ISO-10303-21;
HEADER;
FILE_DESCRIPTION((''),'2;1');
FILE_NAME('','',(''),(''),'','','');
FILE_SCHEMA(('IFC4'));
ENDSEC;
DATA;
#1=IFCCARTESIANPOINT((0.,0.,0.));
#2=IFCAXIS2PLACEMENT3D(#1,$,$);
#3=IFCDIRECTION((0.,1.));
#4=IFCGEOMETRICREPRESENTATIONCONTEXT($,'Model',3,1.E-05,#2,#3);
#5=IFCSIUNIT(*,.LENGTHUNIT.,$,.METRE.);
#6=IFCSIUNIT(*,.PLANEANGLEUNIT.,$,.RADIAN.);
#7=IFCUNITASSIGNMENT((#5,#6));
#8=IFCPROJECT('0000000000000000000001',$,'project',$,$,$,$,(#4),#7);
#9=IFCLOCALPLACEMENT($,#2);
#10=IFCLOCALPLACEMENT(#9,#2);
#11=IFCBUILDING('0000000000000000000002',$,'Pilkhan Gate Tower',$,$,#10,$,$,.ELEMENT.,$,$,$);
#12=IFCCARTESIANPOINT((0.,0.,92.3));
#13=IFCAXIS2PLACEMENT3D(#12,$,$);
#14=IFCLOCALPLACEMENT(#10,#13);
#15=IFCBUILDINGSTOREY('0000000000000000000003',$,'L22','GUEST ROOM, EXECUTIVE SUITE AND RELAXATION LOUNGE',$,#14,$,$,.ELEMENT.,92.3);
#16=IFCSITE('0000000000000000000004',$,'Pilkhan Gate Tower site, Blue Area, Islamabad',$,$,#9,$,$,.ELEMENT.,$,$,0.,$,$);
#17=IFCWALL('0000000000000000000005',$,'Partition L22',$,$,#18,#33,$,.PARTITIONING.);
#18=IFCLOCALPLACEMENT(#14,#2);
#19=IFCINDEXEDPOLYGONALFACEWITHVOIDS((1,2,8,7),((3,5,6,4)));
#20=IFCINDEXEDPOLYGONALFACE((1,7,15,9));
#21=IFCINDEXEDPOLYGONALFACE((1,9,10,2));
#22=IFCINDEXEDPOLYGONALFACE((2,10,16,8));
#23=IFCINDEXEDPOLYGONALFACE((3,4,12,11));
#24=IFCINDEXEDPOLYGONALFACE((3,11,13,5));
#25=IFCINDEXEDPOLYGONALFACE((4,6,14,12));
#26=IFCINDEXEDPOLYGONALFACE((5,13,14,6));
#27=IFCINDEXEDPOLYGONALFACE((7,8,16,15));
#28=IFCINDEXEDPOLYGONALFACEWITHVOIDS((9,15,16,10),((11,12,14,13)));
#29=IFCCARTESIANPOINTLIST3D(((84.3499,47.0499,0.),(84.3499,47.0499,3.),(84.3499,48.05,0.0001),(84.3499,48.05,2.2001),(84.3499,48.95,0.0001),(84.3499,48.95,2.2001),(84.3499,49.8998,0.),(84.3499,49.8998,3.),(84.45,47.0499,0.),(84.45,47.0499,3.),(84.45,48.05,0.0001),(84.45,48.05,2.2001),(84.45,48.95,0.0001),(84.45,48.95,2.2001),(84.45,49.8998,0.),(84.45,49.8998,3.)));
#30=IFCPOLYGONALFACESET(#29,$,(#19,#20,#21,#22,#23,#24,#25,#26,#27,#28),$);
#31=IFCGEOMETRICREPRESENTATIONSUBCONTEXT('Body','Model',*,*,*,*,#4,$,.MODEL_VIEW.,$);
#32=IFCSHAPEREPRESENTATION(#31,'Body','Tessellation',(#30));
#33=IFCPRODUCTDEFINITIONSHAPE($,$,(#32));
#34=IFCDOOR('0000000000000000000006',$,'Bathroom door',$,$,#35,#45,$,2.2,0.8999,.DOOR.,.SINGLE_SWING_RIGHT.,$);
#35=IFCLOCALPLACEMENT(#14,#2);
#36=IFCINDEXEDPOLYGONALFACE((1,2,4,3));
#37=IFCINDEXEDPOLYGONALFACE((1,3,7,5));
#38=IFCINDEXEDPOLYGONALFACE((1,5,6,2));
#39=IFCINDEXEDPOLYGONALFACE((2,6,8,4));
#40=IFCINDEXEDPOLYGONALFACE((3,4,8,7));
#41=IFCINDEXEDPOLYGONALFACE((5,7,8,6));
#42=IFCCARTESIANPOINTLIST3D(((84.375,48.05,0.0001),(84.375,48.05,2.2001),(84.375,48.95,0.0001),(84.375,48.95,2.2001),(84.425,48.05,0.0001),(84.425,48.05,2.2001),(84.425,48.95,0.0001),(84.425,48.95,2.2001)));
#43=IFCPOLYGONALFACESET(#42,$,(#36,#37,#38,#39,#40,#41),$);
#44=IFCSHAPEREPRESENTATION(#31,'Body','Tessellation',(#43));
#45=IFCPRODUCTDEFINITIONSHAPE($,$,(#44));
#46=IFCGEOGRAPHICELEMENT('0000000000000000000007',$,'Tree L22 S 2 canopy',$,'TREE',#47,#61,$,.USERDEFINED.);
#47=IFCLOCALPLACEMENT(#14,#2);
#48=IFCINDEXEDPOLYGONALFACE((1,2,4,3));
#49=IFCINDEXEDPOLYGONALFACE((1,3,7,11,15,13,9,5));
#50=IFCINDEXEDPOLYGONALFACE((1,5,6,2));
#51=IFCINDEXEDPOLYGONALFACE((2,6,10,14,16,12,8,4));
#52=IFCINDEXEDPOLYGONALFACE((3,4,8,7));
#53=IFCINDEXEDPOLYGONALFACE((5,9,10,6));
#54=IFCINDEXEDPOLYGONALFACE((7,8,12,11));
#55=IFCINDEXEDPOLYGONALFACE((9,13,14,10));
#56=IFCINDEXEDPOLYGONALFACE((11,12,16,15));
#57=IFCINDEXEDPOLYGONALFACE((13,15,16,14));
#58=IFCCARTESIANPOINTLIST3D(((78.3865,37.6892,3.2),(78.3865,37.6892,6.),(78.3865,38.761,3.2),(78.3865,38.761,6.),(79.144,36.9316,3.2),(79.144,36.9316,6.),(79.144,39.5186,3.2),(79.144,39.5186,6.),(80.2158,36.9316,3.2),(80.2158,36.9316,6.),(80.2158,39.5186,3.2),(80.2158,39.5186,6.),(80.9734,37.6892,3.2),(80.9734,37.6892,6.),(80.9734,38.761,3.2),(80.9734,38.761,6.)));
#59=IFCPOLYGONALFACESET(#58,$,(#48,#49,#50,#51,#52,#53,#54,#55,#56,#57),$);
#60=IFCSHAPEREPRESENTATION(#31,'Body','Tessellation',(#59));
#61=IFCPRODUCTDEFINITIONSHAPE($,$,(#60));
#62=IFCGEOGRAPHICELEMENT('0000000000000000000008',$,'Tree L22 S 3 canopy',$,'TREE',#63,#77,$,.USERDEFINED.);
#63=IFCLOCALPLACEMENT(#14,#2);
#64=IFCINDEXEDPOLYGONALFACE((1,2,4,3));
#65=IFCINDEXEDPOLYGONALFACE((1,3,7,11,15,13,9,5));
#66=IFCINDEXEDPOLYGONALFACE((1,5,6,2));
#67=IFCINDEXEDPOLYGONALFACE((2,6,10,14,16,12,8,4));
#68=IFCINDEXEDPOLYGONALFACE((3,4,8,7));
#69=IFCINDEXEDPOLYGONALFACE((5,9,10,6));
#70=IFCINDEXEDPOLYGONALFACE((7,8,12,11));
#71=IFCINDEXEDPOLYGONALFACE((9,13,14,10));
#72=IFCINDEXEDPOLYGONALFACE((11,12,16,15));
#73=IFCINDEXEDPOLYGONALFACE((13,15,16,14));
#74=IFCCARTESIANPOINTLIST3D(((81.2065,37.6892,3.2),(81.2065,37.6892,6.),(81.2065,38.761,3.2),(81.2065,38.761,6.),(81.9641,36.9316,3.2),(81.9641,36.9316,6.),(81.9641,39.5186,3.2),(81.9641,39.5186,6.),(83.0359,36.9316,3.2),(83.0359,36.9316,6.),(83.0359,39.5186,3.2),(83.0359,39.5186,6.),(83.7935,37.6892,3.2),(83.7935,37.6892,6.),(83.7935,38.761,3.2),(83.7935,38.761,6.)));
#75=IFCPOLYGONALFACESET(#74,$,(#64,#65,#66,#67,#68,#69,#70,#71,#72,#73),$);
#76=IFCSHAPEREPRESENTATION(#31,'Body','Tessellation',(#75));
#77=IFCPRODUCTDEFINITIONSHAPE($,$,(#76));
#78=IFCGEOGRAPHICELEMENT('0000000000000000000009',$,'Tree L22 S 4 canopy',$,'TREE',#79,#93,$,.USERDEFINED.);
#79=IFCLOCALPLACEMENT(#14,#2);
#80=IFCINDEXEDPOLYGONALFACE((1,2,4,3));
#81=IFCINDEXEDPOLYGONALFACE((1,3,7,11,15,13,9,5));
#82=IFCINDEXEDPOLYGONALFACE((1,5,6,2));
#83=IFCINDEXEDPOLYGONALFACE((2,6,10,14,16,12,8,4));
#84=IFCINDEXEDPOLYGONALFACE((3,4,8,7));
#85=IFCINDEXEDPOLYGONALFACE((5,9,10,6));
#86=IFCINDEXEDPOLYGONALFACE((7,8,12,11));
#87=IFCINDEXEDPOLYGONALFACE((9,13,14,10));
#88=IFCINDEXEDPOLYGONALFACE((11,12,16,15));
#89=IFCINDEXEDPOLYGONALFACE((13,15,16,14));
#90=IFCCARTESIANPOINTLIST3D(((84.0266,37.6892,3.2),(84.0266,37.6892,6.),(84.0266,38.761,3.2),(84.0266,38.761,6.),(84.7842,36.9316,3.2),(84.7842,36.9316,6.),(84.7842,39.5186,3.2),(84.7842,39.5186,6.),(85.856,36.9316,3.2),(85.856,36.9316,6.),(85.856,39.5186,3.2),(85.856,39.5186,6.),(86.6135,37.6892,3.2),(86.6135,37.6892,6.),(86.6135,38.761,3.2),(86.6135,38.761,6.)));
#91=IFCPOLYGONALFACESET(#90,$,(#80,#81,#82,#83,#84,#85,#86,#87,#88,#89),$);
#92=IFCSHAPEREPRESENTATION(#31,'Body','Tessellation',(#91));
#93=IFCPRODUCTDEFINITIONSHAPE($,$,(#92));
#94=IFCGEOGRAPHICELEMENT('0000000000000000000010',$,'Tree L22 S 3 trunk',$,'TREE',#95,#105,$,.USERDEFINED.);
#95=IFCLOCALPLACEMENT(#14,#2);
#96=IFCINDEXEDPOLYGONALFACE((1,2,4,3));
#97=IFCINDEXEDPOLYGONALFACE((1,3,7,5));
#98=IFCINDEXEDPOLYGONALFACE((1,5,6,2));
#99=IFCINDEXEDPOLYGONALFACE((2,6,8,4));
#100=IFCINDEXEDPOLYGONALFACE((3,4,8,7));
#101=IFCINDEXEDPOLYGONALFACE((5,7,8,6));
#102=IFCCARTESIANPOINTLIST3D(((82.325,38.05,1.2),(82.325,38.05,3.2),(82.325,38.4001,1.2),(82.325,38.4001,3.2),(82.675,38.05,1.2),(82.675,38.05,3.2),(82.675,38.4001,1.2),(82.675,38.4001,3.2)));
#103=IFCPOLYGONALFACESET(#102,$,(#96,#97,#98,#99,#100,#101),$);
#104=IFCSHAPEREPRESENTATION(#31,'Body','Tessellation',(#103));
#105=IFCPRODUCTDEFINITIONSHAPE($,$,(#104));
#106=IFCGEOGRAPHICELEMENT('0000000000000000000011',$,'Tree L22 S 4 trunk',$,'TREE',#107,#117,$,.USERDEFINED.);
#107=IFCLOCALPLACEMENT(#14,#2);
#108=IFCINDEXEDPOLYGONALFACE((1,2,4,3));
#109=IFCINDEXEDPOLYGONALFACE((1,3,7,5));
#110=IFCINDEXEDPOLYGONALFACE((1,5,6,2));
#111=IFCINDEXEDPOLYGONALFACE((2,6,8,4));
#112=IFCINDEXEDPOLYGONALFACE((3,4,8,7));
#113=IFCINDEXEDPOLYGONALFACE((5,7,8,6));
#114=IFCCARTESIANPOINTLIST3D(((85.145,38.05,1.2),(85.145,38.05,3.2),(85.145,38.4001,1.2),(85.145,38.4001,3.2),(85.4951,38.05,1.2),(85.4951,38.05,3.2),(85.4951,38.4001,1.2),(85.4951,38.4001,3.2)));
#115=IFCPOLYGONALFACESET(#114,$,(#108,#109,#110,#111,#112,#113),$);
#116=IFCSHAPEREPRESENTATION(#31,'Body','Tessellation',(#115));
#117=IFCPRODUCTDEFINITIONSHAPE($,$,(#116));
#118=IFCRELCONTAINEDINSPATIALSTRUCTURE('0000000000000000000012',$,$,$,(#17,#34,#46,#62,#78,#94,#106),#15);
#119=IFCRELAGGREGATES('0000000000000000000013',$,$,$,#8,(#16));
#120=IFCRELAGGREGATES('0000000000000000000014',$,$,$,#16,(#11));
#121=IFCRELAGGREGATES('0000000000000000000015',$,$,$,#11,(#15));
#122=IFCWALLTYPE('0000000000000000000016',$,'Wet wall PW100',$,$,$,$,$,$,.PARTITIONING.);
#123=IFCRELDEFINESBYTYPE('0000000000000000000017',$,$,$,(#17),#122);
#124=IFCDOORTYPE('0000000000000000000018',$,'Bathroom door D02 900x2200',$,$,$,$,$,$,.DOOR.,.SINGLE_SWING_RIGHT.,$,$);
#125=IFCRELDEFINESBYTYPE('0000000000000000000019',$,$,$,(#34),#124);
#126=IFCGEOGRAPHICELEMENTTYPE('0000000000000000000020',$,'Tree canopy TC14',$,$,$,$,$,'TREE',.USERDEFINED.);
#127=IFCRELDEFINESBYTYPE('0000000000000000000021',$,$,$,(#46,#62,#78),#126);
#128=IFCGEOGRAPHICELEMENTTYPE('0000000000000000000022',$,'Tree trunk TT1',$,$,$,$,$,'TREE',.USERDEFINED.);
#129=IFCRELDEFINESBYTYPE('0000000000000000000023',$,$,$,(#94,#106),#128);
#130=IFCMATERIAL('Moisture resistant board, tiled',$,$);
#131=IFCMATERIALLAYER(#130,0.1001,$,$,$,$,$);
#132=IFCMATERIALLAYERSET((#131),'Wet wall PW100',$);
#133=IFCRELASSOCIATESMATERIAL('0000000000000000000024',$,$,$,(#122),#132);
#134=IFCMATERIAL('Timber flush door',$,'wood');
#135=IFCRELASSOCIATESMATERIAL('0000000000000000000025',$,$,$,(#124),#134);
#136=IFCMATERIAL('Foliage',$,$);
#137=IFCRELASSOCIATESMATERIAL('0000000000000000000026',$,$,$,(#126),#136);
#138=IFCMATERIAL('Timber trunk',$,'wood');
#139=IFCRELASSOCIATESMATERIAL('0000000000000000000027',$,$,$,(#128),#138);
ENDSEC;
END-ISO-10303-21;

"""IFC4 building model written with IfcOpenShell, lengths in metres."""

from ifc_helpers import new_model, si_unit, direction, frame, frame_2d, origin, origin_2d, place, context, subcontext, project, spatial, polyline, rectangle, outline, extrude, material, layer, layer_set, material_profile, profile_set, type_object, element, fill, save


model = new_model("IFC4")

# Units and contexts
model_context = context("Model", 3, precision=1e-05, world=origin(), true_north=direction((0.0, 1.0)))
body_context = subcontext(model_context, "Body", "Model", "MODEL_VIEW")
ifc_project = project(units=[si_unit("LENGTHUNIT", "METRE"), si_unit("PLANEANGLEUNIT", "RADIAN")], contexts=[model_context])

# Site, building, storey
site_placement = place(None, origin())
site = spatial("IfcSite", under=ifc_project, at=site_placement, Name="Pilkhan Gate Tower site, Blue Area, Islamabad", CompositionType="ELEMENT", RefElevation=0.0)
building_placement = place(site_placement, origin())
building = spatial("IfcBuilding", under=site, at=building_placement, Name="Pilkhan Gate Tower", CompositionType="ELEMENT")
storey_placement = place(building_placement, frame((0.0, 0.0, 92.3)))
storey = spatial("IfcBuildingStorey", under=building, at=storey_placement, Name="L22", Description="GUEST ROOM, EXECUTIVE SUITE AND RELAXATION LOUNGE", CompositionType="ELEMENT", Elevation=92.3)

# Shared definitions
ifc_material_1 = material(Name="Moisture resistant board, tiled")
ifc_layer_1 = layer(ifc_material_1, 0.1001)
ifc_layer_set_1 = layer_set([ifc_layer_1], Name="Wet wall PW100")
wall_type_1 = type_object("IfcWallType", Name="Wet wall PW100", PredefinedType="PARTITIONING", material=ifc_layer_set_1)

# Shared definitions
ifc_material_2 = material(Name="Timber flush door", Category="wood")
door_type_1 = type_object("IfcDoorType", Name="Bathroom door D02 900x2200", OperationType="SINGLE_SWING_RIGHT", PredefinedType="DOOR", material=ifc_material_2)

# Wall, opening, door
wall_1_placement = place(storey_placement, frame((84.3999, 47.05, 0.0), z_axis=(0.0, 0.0, 1.0), x_axis=(0.0, 1.0, 0.0)))
wall_1 = element("IfcWall", 1, at=wall_1_placement, inside=storey, type_object=wall_type_1, Name="Partition L22", PredefinedType="PARTITIONING", context=body_context, shape_type="SweptSolid", body=[
    extrude(rectangle(XDim=2.8499, YDim=0.1001, at=frame_2d((1.4248, 0.0))), origin(), (0.0, 0.0, 1.0), 3.0),
])
opening_1_placement = place(wall_1_placement, frame((1.0, 0.0, 0.0)))
opening_1 = element("IfcOpeningElement", 2, at=opening_1_placement, cuts=wall_1, PredefinedType="OPENING", context=body_context, shape_type="SweptSolid", body=[
    extrude(rectangle(XDim=0.8999, YDim=2.2, at=frame_2d((0.45, 1.1001))), frame((0.0, 0.0601, 0.0), z_axis=(0.0, -1.0, 0.0), x_axis=(1.0, 0.0, 0.0)), (0.0, 0.0, 1.0), 0.1201),
])
door_1_placement = place(opening_1_placement, origin())
door_1 = element("IfcDoor", 3, at=door_1_placement, inside=storey, type_object=door_type_1, Name="Bathroom door", OperationType="SINGLE_SWING_RIGHT", OverallHeight=2.2, OverallWidth=0.8999, PredefinedType="DOOR", context=body_context, shape_type="SweptSolid", body=[
    extrude(rectangle(XDim=0.8999, YDim=2.2, at=frame_2d((0.45, 1.1001))), frame((0.0, 0.0249, 0.0), z_axis=(0.0, -1.0, 0.0), x_axis=(1.0, 0.0, 0.0)), (0.0, 0.0, 1.0), 0.05),
])
fill(opening_1, door_1)

# Geographic elements
ifc_material_3 = material(Name="Foliage")
ifc_material_profile_1 = material_profile(ifc_material_3, outline(polyline([(1.2935, 0.5359), (0.5359, 1.2935), (-0.5359, 1.2935), (-1.2935, 0.5359), (-1.2935, -0.5359), (-0.5359, -1.2935), (0.5359, -1.2935), (1.2935, -0.5359), (1.2935, 0.5359)])), Name="Canopy D2.8")
ifc_profile_set_1 = profile_set([ifc_material_profile_1], Name="Foliage")
geographic_element_type_1 = type_object("IfcGeographicElementType", Name="Tree canopy TC14", ElementType="TREE", PredefinedType="USERDEFINED", material=ifc_profile_set_1)
for number, where, z_axis, x_axis, name in (
    (4, (79.6799, 38.2251, 3.2), (0.0, 0.0, 1.0), (1.0, 0.0, 0.0), "Tree L22 S 2 canopy"),
    (5, (82.5, 38.2251, 3.2), (0.0, 0.0, 1.0), (1.0, 0.0, 0.0), "Tree L22 S 3 canopy"),
    (6, (85.3201, 38.2251, 3.2), (0.0, 0.0, 1.0), (1.0, 0.0, 0.0), "Tree L22 S 4 canopy"),
):
    element("IfcGeographicElement", number, at=place(storey_placement, frame(where, z_axis=z_axis, x_axis=x_axis)), inside=storey, type_object=geographic_element_type_1, Name=name, ObjectType="TREE", PredefinedType="USERDEFINED", context=body_context, shape_type="SweptSolid", body=[
        extrude(outline(polyline([(1.2935, 0.5359), (0.5359, 1.2935), (-0.5359, 1.2935), (-1.2935, 0.5359), (-1.2935, -0.5359), (-0.5359, -1.2935), (0.5359, -1.2935), (1.2935, -0.5359), (1.2935, 0.5359)])), origin(), (0.0, 0.0, 1.0), 2.8),
    ])
ifc_material_4 = material(Name="Timber trunk", Category="wood")
geographic_element_type_2 = type_object("IfcGeographicElementType", Name="Tree trunk TT1", ElementType="TREE", PredefinedType="USERDEFINED", material=ifc_material_4)
for number, where, z_axis, x_axis, name in (
    (7, (82.5, 38.2251, 1.2), (0.0, 0.0, 1.0), (1.0, 0.0, 0.0), "Tree L22 S 3 trunk"),
    (8, (85.3201, 38.2251, 1.2), (0.0, 0.0, 1.0), (1.0, 0.0, 0.0), "Tree L22 S 4 trunk"),
):
    element("IfcGeographicElement", number, at=place(storey_placement, frame(where, z_axis=z_axis, x_axis=x_axis)), inside=storey, type_object=geographic_element_type_2, Name=name, ObjectType="TREE", PredefinedType="USERDEFINED", context=body_context, shape_type="SweptSolid", body=[
        extrude(rectangle(XDim=0.3501, YDim=0.3501, at=origin_2d()), origin(), (0.0, 0.0, 1.0), 2.0),
    ])

save(model, "model.ifc")
